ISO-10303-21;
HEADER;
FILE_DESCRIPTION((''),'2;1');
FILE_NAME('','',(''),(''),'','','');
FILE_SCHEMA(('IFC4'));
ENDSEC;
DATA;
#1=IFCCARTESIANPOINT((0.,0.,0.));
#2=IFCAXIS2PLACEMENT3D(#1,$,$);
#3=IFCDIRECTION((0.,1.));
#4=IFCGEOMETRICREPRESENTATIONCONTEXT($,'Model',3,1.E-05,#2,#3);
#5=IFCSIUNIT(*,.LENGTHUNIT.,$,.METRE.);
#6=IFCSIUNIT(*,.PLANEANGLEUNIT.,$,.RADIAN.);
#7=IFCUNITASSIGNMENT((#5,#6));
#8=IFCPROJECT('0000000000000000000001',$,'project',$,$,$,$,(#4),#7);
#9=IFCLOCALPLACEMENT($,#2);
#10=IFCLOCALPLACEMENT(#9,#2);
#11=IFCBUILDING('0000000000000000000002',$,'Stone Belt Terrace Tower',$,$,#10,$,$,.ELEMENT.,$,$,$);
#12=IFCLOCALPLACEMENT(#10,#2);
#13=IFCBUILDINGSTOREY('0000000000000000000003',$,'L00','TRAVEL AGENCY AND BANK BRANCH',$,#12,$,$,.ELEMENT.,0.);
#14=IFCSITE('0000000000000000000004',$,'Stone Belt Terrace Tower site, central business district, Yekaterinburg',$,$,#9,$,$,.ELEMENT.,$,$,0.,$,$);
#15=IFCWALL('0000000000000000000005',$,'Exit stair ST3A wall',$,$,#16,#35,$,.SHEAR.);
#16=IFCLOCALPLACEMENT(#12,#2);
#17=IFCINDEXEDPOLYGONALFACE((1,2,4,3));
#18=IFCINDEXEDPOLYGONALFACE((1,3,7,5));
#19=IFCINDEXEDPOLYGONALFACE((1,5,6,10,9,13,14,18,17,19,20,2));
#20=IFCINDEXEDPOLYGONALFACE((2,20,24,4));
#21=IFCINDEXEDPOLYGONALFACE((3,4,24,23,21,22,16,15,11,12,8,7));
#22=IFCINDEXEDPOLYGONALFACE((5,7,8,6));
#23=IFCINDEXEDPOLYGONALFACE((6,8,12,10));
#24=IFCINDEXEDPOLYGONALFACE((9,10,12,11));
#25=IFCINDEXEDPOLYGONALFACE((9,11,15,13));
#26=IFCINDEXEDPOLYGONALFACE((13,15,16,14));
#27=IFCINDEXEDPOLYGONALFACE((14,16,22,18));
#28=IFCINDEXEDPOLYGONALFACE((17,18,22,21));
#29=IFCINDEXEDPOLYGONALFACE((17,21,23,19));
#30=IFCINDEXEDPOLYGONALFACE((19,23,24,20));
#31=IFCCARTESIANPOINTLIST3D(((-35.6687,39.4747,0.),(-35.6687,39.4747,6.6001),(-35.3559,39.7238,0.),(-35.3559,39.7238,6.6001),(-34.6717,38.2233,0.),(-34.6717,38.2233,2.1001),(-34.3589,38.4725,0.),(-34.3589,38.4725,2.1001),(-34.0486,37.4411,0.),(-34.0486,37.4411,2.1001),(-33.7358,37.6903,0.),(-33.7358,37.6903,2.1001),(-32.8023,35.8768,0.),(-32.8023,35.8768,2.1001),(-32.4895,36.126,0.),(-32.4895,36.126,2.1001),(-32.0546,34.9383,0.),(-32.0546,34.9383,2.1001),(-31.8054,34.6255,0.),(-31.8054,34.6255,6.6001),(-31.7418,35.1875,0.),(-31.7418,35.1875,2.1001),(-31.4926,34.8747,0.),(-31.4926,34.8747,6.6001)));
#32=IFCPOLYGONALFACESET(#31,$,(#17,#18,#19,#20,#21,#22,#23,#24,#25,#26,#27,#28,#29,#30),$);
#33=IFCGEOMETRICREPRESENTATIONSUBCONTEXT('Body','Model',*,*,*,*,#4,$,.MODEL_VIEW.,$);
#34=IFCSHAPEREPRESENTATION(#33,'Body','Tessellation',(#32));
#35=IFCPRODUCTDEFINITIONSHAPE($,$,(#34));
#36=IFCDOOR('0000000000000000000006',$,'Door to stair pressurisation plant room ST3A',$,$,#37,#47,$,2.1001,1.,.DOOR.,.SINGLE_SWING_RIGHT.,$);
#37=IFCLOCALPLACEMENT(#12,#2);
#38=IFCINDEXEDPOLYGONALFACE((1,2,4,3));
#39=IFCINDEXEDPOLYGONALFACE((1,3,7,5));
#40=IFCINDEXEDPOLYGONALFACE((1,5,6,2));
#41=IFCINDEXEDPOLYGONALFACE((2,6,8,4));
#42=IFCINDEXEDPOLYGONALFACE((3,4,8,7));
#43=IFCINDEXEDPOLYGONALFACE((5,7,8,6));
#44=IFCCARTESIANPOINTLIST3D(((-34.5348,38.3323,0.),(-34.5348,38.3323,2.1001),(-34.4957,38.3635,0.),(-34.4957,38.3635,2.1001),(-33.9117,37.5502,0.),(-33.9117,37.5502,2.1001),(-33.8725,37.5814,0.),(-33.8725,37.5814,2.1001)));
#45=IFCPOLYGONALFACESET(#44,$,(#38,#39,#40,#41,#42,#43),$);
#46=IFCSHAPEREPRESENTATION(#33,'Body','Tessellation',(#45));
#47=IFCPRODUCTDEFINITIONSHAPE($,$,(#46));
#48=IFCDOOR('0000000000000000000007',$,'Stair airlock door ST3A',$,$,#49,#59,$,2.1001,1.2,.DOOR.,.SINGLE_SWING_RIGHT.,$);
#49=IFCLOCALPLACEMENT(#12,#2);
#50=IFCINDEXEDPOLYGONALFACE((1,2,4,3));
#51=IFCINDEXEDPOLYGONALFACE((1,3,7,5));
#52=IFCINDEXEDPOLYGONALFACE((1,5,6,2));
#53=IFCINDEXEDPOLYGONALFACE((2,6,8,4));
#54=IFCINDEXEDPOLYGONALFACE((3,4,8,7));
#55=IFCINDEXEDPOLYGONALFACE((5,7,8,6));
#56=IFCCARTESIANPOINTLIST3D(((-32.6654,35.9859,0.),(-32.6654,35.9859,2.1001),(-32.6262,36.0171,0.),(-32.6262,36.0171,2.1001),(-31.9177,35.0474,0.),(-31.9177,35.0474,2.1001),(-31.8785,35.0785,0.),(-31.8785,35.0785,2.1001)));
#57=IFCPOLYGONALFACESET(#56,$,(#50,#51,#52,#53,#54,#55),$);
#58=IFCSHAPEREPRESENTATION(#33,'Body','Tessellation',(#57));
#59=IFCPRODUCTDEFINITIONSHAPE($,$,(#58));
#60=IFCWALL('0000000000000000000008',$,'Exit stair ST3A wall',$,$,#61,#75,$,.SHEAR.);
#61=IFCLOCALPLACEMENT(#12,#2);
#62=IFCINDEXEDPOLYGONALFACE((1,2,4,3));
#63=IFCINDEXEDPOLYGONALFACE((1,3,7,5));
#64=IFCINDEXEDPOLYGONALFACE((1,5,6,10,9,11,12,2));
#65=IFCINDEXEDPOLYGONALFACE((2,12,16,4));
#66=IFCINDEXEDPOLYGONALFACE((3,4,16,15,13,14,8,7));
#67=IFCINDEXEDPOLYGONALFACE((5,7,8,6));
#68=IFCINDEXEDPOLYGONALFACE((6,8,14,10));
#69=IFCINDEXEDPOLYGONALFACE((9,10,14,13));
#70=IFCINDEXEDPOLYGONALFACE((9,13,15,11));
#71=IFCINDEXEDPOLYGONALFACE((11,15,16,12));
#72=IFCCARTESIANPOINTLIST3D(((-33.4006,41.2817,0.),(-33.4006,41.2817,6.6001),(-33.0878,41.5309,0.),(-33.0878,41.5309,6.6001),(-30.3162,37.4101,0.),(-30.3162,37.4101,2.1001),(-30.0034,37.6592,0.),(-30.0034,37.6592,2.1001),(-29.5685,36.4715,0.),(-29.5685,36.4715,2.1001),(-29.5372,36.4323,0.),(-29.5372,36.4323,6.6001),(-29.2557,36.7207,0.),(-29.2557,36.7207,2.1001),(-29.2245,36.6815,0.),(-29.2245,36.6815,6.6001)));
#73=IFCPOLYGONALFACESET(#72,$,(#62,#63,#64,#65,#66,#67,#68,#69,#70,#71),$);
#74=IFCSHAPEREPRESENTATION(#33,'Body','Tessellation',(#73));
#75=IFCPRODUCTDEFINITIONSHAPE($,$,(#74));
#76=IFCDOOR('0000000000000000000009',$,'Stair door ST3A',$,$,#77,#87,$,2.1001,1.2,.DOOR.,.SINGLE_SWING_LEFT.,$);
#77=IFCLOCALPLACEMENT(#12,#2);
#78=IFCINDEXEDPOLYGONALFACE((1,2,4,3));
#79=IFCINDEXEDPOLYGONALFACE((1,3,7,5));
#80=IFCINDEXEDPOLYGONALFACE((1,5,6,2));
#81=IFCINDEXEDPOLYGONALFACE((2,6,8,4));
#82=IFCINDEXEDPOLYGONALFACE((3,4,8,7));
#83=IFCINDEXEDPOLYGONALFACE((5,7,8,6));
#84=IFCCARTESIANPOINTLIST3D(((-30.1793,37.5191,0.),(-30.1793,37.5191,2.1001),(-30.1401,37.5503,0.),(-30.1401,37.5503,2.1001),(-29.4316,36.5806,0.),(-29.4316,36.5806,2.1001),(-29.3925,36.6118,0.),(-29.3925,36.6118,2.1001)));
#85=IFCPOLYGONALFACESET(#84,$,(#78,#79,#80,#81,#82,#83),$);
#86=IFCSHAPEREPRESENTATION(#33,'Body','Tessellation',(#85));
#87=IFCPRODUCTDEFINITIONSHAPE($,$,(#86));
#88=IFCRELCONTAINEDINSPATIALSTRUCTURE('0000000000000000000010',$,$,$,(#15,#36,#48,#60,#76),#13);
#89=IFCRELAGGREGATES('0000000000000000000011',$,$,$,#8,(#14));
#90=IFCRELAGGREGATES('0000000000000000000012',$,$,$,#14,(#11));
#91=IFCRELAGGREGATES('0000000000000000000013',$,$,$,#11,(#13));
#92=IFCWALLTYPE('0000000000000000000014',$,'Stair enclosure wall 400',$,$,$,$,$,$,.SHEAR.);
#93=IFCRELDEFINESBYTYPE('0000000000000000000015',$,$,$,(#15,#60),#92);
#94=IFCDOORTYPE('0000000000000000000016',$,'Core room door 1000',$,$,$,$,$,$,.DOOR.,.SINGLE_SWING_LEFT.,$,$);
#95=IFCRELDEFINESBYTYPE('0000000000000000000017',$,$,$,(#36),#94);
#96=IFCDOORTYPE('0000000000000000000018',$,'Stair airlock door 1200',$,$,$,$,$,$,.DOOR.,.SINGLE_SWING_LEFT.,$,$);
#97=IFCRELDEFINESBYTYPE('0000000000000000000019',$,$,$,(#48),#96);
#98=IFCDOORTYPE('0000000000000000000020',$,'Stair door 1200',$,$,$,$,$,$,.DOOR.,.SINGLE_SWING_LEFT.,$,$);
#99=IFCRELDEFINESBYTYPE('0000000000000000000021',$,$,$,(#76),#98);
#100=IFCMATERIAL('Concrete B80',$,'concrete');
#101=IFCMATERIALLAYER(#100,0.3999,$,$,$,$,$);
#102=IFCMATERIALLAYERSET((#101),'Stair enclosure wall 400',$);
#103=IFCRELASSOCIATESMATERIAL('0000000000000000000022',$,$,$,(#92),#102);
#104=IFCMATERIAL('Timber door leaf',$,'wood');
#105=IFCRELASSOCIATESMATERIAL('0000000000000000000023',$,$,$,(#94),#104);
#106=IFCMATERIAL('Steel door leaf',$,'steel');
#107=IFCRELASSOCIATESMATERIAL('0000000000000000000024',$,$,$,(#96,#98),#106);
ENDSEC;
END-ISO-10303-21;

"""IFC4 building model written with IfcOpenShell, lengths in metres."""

from ifc_helpers import new_model, si_unit, direction, frame, frame_2d, origin, place, context, subcontext, project, spatial, rectangle, extrude, material, layer, layer_set, type_object, element, fill, save


model = new_model("IFC4")

# Units and contexts
model_context = context("Model", 3, precision=1e-05, world=origin(), true_north=direction((0.0, 1.0)))
body_context = subcontext(model_context, "Body", "Model", "MODEL_VIEW")
ifc_project = project(units=[si_unit("LENGTHUNIT", "METRE"), si_unit("PLANEANGLEUNIT", "RADIAN")], contexts=[model_context])

# Site, building, storey
site_placement = place(None, origin())
site = spatial("IfcSite", under=ifc_project, at=site_placement, Name="Stone Belt Terrace Tower site, central business district, Yekaterinburg", CompositionType="ELEMENT", RefElevation=0.0)
building_placement = place(site_placement, origin())
building = spatial("IfcBuilding", under=site, at=building_placement, Name="Stone Belt Terrace Tower", CompositionType="ELEMENT")
storey_placement = place(building_placement, origin())
storey = spatial("IfcBuildingStorey", under=building, at=storey_placement, Name="L00", Description="TRAVEL AGENCY AND BANK BRANCH", CompositionType="ELEMENT", Elevation=0.0)

# Shared definitions
ifc_material_1 = material(Name="Concrete B80", Category="concrete")

# Shared definitions
ifc_layer_1 = layer(ifc_material_1, 0.3999)
ifc_layer_set_1 = layer_set([ifc_layer_1], Name="Stair enclosure wall 400")
wall_type_1 = type_object("IfcWallType", Name="Stair enclosure wall 400", PredefinedType="SHEAR", material=ifc_layer_set_1)

# Wall, openings, doors
wall_1_placement = place(storey_placement, frame((-31.6489, 34.75, 0.0), z_axis=(0.0, 0.0, 1.0), x_axis=(-0.623119, 0.782127, 0.0)))
wall_1 = element("IfcWall", 1, at=wall_1_placement, inside=storey, type_object=wall_type_1, Name="Exit stair ST3A wall", PredefinedType="SHEAR", context=body_context, shape_type="SweptSolid", body=[
    extrude(rectangle(XDim=6.2, YDim=0.3999, at=frame_2d((3.1001, 0.0))), origin(), (0.0, 0.0, 1.0), 6.6001),
])
opening_1_placement = place(wall_1_placement, frame((0.3999, 0.0, 0.0)))
opening_1 = element("IfcOpeningElement", 2, at=opening_1_placement, cuts=wall_1, PredefinedType="OPENING", context=body_context, shape_type="SweptSolid", body=[
    extrude(rectangle(XDim=1.2, YDim=2.1001, at=frame_2d((0.6001, 1.05))), frame((0.0, 0.21, 0.0), z_axis=(0.0, -1.0, 0.0), x_axis=(1.0, 0.0, 0.0)), (0.0, 0.0, 1.0), 0.4199),
])
opening_2_placement = place(wall_1_placement, frame((3.6001, 0.0, 0.0)))
opening_2 = element("IfcOpeningElement", 3, at=opening_2_placement, cuts=wall_1, PredefinedType="OPENING", context=body_context, shape_type="SweptSolid", body=[
    extrude(rectangle(XDim=1.0, YDim=2.1001, at=frame_2d((0.5, 1.05))), frame((0.0, 0.21, 0.0), z_axis=(0.0, -1.0, 0.0), x_axis=(1.0, 0.0, 0.0)), (0.0, 0.0, 1.0), 0.4199),
])
ifc_material_2 = material(Name="Timber door leaf", Category="wood")
door_type_1 = type_object("IfcDoorType", Name="Core room door 1000", OperationType="SINGLE_SWING_LEFT", PredefinedType="DOOR", material=ifc_material_2)
door_1_placement = place(opening_2_placement, origin())
door_1 = element("IfcDoor", 4, at=door_1_placement, inside=storey, type_object=door_type_1, Name="Door to stair pressurisation plant room ST3A", OperationType="SINGLE_SWING_RIGHT", OverallHeight=2.1001, OverallWidth=1.0, PredefinedType="DOOR", context=body_context, shape_type="SweptSolid", body=[
    extrude(rectangle(XDim=1.0, YDim=2.1001, at=frame_2d((0.5, 1.05))), frame((0.0, 0.0249, 0.0), z_axis=(0.0, -1.0, 0.0), x_axis=(1.0, 0.0, 0.0)), (0.0, 0.0, 1.0), 0.05),
])
fill(opening_2, door_1)
ifc_material_3 = material(Name="Steel door leaf", Category="steel")
door_type_2 = type_object("IfcDoorType", Name="Stair airlock door 1200", OperationType="SINGLE_SWING_LEFT", PredefinedType="DOOR", material=ifc_material_3)
door_2_placement = place(opening_1_placement, origin())
door_2 = element("IfcDoor", 5, at=door_2_placement, inside=storey, type_object=door_type_2, Name="Stair airlock door ST3A", OperationType="SINGLE_SWING_RIGHT", OverallHeight=2.1001, OverallWidth=1.2, PredefinedType="DOOR", context=body_context, shape_type="SweptSolid", body=[
    extrude(rectangle(XDim=1.2, YDim=2.1001, at=frame_2d((0.6001, 1.05))), frame((0.0, 0.0249, 0.0), z_axis=(0.0, -1.0, 0.0), x_axis=(1.0, 0.0, 0.0)), (0.0, 0.0, 1.0), 0.05),
])
fill(opening_1, door_2)

# Wall, opening, door
wall_2_placement = place(storey_placement, frame((-29.3809, 36.5569, 0.0), z_axis=(0.0, 0.0, 1.0), x_axis=(-0.623099, 0.782143, 0.0)))
wall_2 = element("IfcWall", 6, at=wall_2_placement, inside=storey, type_object=wall_type_1, Name="Exit stair ST3A wall", PredefinedType="SHEAR", context=body_context, shape_type="SweptSolid", body=[
    extrude(rectangle(XDim=6.2002, YDim=0.3999, at=frame_2d((3.1001, 0.0))), origin(), (0.0, 0.0, 1.0), 6.6001),
])
opening_3_placement = place(wall_2_placement, frame((0.05, 0.0, 0.0)))
opening_3 = element("IfcOpeningElement", 7, at=opening_3_placement, cuts=wall_2, PredefinedType="OPENING", context=body_context, shape_type="SweptSolid", body=[
    extrude(rectangle(XDim=1.2, YDim=2.1001, at=frame_2d((0.6001, 1.05))), frame((0.0, 0.21, 0.0), z_axis=(0.0, -1.0, 0.0), x_axis=(1.0, 0.0, 0.0)), (0.0, 0.0, 1.0), 0.4199),
])
door_type_3 = type_object("IfcDoorType", Name="Stair door 1200", OperationType="SINGLE_SWING_LEFT", PredefinedType="DOOR", material=ifc_material_3)
door_3_placement = place(opening_3_placement, origin())
door_3 = element("IfcDoor", 8, at=door_3_placement, inside=storey, type_object=door_type_3, Name="Stair door ST3A", OperationType="SINGLE_SWING_LEFT", OverallHeight=2.1001, OverallWidth=1.2, PredefinedType="DOOR", context=body_context, shape_type="SweptSolid", body=[
    extrude(rectangle(XDim=1.2, YDim=2.1001, at=frame_2d((0.6001, 1.05))), frame((0.0, 0.0249, 0.0), z_axis=(0.0, -1.0, 0.0), x_axis=(1.0, 0.0, 0.0)), (0.0, 0.0, 1.0), 0.05),
])
fill(opening_3, door_3)

save(model, "model.ifc")
